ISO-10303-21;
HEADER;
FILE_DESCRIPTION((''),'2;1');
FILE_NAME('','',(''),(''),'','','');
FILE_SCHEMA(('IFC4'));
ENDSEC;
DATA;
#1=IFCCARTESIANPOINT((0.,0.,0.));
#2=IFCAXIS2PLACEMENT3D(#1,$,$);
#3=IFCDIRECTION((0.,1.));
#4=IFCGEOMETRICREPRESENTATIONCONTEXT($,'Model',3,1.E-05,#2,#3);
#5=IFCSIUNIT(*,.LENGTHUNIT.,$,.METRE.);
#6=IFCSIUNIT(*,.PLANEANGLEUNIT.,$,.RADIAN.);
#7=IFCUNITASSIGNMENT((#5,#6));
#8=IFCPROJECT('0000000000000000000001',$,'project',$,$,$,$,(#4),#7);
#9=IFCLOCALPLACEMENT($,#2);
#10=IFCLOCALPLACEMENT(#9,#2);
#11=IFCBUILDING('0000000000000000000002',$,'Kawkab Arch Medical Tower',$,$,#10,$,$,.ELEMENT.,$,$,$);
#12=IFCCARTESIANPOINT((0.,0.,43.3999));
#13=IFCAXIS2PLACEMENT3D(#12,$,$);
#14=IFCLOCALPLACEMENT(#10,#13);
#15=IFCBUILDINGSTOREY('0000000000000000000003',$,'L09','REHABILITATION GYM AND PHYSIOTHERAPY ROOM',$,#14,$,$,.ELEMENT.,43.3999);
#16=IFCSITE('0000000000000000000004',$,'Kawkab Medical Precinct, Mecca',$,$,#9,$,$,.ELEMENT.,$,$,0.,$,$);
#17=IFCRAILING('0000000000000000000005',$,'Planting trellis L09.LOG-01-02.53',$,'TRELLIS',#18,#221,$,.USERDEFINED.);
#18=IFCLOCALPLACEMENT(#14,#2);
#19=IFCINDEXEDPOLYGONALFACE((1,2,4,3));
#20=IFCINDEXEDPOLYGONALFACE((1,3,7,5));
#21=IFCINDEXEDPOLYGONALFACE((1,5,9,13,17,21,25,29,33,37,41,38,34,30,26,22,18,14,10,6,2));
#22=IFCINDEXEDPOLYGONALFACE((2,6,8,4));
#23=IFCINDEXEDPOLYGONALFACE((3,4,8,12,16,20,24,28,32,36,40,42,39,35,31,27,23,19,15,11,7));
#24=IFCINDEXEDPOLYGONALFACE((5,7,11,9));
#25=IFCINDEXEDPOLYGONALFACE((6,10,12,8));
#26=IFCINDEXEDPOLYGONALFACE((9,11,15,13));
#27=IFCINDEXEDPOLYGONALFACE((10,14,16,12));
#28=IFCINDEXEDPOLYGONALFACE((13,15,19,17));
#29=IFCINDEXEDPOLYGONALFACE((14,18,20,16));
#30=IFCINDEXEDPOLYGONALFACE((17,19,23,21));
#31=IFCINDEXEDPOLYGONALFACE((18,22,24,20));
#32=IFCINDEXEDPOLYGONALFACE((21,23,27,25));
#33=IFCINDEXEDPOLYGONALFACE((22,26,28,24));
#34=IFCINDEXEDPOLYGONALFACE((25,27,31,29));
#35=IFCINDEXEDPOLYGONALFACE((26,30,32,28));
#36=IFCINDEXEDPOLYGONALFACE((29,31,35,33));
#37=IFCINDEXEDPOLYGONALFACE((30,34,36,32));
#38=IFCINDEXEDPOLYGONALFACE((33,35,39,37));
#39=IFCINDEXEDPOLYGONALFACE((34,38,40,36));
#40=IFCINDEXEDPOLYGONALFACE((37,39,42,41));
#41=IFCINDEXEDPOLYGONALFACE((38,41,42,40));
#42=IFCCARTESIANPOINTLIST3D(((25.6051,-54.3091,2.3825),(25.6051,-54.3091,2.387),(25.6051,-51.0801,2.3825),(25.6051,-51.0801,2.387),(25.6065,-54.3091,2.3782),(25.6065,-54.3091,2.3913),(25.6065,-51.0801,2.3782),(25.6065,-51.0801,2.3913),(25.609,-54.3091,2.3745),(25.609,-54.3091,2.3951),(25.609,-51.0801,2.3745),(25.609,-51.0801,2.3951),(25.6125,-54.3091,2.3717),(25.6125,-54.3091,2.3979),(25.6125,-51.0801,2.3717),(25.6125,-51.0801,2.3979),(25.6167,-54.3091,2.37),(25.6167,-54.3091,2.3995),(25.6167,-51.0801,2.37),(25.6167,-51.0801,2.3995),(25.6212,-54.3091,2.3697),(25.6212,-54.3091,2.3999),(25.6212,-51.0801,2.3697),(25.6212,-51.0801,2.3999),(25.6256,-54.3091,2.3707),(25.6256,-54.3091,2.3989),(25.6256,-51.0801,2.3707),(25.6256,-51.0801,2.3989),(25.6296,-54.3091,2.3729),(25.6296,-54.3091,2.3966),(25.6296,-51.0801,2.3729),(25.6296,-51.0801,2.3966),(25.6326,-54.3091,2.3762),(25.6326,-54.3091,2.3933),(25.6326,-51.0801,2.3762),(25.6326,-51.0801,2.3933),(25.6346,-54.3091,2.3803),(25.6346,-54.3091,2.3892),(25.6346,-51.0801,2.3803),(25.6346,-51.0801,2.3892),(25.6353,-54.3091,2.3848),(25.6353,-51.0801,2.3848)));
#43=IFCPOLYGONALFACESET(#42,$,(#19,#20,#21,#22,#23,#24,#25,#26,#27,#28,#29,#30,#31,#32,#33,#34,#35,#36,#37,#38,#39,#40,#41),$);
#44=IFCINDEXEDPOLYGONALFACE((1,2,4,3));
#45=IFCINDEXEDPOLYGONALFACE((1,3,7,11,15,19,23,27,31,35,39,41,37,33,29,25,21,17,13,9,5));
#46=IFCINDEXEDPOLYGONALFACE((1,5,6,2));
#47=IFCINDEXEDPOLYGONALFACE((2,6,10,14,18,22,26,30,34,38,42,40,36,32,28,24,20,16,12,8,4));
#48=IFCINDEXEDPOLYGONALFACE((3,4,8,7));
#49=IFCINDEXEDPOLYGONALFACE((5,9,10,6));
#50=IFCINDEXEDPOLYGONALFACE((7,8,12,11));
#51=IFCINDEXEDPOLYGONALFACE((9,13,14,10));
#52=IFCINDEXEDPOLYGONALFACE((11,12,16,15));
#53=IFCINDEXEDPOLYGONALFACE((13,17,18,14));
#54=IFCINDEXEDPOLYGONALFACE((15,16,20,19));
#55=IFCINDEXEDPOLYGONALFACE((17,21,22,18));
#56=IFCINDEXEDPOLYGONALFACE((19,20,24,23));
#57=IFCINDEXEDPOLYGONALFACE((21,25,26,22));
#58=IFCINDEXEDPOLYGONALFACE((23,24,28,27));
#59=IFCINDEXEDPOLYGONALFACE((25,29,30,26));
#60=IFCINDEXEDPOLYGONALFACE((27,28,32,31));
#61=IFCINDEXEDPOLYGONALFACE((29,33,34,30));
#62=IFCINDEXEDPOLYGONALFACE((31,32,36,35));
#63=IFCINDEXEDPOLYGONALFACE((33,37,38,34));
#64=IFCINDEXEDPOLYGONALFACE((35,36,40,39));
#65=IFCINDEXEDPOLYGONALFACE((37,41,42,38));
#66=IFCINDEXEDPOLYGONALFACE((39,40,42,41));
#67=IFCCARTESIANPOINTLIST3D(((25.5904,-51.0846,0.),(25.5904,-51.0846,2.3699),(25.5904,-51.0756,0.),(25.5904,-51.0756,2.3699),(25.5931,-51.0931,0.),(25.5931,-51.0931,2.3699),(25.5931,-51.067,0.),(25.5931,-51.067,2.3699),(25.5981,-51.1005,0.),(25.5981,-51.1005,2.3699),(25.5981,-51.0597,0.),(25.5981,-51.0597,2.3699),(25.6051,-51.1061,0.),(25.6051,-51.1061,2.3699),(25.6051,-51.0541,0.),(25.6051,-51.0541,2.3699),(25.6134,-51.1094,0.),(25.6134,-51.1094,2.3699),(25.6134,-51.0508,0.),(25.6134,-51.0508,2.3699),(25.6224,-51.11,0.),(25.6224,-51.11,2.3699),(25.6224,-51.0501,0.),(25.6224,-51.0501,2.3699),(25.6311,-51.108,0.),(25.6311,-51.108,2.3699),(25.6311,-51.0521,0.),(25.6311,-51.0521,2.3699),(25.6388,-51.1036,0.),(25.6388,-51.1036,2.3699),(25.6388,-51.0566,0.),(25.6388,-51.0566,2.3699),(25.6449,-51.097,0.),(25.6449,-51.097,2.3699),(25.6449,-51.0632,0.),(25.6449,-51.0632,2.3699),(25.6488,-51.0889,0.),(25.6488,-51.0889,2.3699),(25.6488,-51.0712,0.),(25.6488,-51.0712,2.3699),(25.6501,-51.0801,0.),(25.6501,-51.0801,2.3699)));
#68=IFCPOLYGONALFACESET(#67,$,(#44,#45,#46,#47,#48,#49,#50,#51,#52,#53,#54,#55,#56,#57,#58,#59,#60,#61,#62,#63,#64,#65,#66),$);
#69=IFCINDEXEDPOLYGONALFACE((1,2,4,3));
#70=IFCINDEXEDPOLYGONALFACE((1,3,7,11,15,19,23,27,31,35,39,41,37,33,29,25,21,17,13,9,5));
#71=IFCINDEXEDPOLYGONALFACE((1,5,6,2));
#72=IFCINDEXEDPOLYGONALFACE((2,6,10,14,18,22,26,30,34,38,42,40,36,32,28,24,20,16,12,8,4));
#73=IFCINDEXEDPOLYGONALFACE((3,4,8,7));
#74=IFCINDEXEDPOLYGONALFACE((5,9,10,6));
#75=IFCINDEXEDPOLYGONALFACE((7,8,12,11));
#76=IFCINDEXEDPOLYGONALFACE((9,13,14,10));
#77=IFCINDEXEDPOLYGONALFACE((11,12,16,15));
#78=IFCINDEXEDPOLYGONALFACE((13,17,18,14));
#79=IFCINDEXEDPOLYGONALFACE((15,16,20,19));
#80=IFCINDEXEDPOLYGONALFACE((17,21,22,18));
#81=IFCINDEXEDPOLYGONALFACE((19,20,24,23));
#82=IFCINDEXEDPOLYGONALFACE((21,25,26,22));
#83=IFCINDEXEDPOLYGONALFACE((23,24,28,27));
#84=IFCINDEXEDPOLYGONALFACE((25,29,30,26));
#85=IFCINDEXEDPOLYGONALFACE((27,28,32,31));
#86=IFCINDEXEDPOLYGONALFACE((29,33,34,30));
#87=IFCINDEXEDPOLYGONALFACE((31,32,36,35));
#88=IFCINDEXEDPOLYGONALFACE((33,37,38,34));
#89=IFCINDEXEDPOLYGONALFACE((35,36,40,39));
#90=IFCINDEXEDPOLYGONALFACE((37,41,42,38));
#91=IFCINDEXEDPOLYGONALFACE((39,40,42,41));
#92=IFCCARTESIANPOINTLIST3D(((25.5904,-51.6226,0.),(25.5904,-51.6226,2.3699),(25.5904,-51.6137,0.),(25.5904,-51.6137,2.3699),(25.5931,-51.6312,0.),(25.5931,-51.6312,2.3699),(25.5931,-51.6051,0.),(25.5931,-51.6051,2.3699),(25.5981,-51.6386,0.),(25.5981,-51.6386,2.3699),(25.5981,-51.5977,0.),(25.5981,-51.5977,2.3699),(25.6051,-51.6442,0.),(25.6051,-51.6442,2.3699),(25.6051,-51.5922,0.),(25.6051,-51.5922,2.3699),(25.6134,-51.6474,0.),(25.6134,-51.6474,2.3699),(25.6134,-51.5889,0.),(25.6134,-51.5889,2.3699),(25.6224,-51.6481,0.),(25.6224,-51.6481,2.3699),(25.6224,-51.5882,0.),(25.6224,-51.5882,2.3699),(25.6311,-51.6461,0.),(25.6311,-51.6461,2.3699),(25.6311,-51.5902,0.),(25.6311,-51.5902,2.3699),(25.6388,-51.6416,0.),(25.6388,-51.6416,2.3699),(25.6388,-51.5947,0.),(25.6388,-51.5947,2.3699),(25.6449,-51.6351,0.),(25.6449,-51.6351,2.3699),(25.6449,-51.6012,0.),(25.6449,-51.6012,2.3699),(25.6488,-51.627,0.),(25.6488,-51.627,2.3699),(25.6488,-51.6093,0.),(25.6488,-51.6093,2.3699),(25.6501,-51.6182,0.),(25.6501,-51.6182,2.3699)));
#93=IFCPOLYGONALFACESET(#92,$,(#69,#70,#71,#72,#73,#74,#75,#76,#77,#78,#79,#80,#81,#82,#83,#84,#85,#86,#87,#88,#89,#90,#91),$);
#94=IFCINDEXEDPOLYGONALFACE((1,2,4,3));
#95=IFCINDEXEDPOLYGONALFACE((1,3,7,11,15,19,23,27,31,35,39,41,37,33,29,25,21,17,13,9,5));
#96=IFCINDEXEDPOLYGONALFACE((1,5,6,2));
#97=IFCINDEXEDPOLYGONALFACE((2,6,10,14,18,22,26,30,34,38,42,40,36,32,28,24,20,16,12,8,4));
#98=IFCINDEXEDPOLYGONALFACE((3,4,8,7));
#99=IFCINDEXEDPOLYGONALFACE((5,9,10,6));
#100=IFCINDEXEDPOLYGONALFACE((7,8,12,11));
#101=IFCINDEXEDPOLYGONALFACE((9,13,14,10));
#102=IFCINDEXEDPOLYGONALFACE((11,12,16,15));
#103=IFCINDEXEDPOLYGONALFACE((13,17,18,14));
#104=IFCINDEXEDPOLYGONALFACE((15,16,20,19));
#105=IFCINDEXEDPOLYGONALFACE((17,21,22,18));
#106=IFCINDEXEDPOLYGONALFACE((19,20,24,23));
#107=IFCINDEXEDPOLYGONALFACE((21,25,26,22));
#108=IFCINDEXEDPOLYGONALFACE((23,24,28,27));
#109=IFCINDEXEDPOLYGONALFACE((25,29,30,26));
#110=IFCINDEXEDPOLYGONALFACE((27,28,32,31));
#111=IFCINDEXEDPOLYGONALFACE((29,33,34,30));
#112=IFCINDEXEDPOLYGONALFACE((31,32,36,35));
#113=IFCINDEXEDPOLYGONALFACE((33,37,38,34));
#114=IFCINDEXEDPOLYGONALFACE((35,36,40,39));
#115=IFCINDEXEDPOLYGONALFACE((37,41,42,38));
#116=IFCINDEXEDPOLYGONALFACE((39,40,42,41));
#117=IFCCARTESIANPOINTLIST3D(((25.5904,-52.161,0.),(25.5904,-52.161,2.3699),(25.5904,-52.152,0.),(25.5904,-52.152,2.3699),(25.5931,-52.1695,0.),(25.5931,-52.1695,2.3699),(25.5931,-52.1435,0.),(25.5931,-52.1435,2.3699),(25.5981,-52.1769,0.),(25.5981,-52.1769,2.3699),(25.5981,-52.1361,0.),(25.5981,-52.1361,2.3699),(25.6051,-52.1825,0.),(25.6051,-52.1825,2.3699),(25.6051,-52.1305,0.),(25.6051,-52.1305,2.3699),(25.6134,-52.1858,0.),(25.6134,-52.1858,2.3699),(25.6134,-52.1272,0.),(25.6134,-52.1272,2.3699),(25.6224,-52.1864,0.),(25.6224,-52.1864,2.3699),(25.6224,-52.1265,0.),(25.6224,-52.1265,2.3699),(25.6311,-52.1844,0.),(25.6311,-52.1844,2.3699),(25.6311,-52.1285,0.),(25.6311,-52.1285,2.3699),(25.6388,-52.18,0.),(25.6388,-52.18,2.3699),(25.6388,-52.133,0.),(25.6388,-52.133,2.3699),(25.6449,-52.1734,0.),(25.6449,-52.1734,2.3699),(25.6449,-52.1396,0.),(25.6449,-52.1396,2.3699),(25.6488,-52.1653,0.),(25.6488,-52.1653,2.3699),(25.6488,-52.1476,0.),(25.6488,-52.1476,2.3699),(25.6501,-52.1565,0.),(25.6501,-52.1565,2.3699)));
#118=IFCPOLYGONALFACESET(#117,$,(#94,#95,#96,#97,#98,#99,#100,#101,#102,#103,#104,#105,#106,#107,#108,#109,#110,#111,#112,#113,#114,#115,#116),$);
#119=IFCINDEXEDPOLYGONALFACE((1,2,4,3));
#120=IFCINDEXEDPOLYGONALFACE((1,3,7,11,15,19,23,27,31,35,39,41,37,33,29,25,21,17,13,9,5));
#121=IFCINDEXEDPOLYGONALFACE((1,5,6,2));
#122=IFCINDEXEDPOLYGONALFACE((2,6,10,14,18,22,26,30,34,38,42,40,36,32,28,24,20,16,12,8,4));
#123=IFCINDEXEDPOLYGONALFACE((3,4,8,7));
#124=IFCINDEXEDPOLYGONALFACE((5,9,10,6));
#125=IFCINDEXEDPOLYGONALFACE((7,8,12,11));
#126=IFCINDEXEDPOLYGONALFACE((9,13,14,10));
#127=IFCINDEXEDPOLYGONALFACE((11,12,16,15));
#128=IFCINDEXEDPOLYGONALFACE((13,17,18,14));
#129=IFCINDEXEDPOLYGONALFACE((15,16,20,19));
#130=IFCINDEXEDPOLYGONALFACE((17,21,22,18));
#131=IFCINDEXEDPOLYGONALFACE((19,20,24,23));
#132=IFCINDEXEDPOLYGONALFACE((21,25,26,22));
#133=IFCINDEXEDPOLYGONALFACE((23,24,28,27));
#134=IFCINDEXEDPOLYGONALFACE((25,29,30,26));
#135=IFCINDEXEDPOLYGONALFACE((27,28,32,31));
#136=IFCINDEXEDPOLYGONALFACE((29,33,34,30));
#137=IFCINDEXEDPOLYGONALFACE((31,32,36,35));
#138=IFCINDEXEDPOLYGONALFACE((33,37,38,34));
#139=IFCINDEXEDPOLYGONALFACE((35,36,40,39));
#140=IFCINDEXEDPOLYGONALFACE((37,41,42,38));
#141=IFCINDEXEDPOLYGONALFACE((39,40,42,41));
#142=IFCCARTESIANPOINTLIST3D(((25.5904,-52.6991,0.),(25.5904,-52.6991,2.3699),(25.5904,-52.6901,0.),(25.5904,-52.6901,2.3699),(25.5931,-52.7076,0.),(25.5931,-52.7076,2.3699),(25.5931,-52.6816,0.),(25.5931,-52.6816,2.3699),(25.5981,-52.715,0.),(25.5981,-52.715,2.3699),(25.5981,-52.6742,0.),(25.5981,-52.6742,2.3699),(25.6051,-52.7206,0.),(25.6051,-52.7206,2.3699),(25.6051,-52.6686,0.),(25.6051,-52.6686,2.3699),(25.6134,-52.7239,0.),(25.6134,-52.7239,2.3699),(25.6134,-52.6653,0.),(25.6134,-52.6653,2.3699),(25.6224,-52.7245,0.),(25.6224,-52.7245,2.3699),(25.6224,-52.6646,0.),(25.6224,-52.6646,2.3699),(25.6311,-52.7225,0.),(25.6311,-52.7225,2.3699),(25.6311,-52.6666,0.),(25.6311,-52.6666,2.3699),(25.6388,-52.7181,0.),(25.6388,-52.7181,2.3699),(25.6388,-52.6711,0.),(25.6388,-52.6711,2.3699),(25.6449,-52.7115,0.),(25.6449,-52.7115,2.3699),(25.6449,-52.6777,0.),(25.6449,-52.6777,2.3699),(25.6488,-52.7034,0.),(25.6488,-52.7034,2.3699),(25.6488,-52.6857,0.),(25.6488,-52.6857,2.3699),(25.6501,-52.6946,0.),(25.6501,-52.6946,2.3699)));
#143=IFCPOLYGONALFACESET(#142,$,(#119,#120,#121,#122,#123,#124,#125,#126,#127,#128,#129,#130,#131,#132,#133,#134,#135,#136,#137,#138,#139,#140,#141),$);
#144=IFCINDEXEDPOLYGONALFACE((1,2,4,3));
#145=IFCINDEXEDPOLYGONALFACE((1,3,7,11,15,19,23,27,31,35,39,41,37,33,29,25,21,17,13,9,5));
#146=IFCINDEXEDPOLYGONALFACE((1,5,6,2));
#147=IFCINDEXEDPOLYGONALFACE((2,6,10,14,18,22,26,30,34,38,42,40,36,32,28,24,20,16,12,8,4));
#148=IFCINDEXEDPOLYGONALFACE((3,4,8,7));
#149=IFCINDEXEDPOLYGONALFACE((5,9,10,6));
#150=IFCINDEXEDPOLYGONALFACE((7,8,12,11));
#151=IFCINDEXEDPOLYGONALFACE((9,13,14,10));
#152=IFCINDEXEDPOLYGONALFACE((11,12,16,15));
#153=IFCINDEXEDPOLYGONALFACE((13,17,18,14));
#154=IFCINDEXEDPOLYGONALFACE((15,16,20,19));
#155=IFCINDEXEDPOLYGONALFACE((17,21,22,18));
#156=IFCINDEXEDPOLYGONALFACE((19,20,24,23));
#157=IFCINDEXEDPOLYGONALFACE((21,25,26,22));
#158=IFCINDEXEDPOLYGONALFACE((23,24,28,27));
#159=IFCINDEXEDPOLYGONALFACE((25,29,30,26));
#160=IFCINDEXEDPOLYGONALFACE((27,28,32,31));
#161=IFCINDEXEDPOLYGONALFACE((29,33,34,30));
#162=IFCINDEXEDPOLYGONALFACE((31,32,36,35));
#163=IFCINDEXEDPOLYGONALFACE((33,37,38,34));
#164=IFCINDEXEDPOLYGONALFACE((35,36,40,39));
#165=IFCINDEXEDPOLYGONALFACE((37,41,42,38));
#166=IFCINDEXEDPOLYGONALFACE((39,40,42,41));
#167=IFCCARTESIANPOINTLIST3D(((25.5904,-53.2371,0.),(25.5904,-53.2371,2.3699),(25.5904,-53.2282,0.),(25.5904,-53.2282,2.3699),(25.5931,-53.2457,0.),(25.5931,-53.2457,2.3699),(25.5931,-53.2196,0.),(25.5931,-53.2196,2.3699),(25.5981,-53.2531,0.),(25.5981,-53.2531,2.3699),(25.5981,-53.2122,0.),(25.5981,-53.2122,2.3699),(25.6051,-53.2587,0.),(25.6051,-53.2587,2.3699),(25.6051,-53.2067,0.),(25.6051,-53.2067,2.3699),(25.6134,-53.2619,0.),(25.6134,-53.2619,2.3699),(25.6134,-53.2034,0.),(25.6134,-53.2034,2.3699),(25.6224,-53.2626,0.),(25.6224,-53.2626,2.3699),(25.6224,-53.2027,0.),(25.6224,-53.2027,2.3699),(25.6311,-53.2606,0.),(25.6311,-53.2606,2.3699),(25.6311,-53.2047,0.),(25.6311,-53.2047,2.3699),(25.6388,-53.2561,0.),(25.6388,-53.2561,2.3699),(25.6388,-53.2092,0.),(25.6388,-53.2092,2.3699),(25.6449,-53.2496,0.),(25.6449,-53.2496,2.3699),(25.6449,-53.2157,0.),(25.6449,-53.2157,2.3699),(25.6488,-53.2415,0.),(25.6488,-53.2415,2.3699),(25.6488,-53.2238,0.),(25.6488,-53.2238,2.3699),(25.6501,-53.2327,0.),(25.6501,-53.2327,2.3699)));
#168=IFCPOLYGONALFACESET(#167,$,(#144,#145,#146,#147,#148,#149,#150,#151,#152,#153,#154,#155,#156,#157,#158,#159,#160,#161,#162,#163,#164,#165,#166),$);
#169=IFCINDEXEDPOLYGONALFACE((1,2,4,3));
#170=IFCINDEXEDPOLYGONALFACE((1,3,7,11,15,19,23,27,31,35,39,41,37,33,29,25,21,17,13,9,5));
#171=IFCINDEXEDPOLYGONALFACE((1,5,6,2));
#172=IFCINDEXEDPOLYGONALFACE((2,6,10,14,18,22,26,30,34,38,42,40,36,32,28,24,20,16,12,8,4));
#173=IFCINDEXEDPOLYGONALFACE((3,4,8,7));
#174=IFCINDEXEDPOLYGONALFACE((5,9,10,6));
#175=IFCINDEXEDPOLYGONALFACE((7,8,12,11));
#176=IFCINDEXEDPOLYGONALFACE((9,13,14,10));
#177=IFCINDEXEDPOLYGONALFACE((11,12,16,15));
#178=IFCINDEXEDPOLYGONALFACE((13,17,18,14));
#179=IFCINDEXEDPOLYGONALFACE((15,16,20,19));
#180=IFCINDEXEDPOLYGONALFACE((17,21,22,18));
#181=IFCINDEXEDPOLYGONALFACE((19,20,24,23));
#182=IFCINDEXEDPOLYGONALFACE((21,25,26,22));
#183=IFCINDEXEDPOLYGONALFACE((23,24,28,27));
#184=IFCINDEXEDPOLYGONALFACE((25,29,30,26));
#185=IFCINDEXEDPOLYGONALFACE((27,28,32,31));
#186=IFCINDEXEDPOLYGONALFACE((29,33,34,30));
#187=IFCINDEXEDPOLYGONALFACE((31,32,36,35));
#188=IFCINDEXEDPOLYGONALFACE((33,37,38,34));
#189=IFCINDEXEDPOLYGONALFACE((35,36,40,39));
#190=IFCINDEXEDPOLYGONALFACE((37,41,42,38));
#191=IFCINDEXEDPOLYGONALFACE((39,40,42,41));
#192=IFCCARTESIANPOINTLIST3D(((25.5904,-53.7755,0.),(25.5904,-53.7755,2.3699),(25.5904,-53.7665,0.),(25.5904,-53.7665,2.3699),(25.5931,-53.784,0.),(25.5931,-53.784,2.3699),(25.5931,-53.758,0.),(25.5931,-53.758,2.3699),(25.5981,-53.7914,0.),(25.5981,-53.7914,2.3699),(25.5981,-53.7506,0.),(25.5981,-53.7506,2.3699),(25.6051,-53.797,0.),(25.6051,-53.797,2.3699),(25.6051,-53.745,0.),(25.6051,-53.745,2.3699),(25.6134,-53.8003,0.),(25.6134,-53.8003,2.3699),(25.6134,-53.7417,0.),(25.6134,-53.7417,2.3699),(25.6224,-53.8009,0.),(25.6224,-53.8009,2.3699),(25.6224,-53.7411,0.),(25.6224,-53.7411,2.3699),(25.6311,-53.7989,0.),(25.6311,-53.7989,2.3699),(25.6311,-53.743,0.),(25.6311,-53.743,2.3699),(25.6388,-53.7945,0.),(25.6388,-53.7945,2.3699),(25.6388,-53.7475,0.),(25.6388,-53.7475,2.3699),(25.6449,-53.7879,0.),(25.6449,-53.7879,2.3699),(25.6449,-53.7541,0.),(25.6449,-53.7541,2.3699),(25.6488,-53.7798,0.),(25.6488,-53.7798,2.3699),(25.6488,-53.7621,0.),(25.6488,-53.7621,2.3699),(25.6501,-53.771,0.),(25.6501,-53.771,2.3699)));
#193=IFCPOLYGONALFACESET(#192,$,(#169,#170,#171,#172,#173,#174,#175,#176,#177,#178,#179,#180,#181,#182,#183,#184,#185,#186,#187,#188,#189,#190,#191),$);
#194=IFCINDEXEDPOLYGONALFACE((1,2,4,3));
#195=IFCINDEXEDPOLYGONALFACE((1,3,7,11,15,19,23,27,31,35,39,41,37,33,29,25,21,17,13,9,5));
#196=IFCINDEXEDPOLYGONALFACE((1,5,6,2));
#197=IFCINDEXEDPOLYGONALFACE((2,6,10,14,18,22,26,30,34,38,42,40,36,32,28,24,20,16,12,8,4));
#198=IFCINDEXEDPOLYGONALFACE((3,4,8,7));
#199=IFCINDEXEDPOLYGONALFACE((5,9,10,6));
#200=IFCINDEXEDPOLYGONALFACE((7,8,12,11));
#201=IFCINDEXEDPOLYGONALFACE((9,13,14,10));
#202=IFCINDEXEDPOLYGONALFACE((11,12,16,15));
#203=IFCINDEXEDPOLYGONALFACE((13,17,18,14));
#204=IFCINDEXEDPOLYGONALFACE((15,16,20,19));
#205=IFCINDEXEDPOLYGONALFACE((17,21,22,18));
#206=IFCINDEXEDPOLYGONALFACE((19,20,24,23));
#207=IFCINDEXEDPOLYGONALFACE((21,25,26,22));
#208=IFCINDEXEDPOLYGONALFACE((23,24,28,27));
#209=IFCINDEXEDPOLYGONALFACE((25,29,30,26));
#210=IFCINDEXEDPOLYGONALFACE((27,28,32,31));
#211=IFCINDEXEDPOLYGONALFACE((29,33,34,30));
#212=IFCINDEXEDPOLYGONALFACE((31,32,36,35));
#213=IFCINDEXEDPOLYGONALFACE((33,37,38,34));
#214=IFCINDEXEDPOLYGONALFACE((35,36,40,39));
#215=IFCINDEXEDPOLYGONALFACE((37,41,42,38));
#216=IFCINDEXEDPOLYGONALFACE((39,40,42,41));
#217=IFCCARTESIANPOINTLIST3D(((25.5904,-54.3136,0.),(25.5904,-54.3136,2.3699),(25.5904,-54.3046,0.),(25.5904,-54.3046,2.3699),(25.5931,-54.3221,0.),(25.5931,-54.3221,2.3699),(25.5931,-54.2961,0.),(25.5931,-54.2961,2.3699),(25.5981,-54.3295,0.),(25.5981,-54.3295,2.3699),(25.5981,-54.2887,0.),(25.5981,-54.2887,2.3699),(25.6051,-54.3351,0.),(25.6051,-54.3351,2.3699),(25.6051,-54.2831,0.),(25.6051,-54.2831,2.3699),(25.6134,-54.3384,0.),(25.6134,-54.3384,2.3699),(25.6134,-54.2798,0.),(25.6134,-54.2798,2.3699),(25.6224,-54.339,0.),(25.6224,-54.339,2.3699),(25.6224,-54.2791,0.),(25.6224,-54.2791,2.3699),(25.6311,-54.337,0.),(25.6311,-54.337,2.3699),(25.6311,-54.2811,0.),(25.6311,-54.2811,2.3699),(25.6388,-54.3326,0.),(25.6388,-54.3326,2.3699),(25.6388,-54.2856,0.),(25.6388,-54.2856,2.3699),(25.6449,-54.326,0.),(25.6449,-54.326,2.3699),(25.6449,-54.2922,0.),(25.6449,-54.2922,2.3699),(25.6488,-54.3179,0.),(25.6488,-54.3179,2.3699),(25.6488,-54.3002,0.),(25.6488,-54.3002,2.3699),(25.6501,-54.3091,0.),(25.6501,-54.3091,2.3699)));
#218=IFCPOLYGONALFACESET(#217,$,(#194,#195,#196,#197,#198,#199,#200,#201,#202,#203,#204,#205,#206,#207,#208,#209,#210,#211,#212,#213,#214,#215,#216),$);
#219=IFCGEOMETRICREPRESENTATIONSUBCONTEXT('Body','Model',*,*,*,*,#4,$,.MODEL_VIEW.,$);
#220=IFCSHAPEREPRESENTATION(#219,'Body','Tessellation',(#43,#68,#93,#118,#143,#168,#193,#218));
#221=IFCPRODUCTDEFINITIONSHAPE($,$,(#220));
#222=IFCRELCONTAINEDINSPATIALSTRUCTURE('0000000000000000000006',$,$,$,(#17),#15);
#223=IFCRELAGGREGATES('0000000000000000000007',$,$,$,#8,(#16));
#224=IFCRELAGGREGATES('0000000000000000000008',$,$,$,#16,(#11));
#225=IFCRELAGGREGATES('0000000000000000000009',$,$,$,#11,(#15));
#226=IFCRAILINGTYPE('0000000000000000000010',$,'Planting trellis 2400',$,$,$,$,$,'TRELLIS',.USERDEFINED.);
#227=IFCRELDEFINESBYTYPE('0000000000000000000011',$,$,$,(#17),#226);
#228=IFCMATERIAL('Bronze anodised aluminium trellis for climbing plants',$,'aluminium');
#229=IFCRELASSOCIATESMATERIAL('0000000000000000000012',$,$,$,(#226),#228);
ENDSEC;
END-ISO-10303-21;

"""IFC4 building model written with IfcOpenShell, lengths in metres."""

from ifc_helpers import new_model, si_unit, direction, frame, origin, origin_2d, place, context, subcontext, project, spatial, circle, extrude, material, type_object, element, save


model = new_model("IFC4")

# Units and contexts
model_context = context("Model", 3, precision=1e-05, world=origin(), true_north=direction((0.0, 1.0)))
body_context = subcontext(model_context, "Body", "Model", "MODEL_VIEW")
ifc_project = project(units=[si_unit("LENGTHUNIT", "METRE"), si_unit("PLANEANGLEUNIT", "RADIAN")], contexts=[model_context])

# Site, building, storey
site_placement = place(None, origin())
site = spatial("IfcSite", under=ifc_project, at=site_placement, Name="Kawkab Medical Precinct, Mecca", CompositionType="ELEMENT", RefElevation=0.0)
building_placement = place(site_placement, origin())
building = spatial("IfcBuilding", under=site, at=building_placement, Name="Kawkab Arch Medical Tower", CompositionType="ELEMENT")
storey_placement = place(building_placement, frame((0.0, 0.0, 43.3999)))
storey = spatial("IfcBuildingStorey", under=building, at=storey_placement, Name="L09", Description="REHABILITATION GYM AND PHYSIOTHERAPY ROOM", CompositionType="ELEMENT", Elevation=43.3999)

# Railing
ifc_material_1 = material(Name="Bronze anodised aluminium trellis for climbing plants", Category="aluminium")
railing_type = type_object("IfcRailingType", Name="Planting trellis 2400", ElementType="TRELLIS", PredefinedType="USERDEFINED", material=ifc_material_1)
railing_1_placement = place(storey_placement, frame((25.6201, -51.0801, 0.0)))
element("IfcRailing", 1, at=railing_1_placement, inside=storey, type_object=railing_type, Name="Planting trellis L09.LOG-01-02.53", ObjectType="TRELLIS", PredefinedType="USERDEFINED", context=body_context, shape_type="SweptSolid", body=[
    extrude(circle(Radius=0.0151, at=origin_2d()), frame((0.0, 0.0, 2.3848), z_axis=(0.0, -1.0, 0.0), x_axis=(1.0, 0.0, 0.0)), (0.0, 0.0, 1.0), 3.229),
    extrude(circle(Radius=0.03, at=origin_2d()), origin(), (0.0, 0.0, 1.0), 2.3699),
    extrude(circle(Radius=0.03, at=origin_2d()), frame((0.0, -0.5381, 0.0)), (0.0, 0.0, 1.0), 2.3699),
    extrude(circle(Radius=0.03, at=origin_2d()), frame((0.0, -1.0764, 0.0)), (0.0, 0.0, 1.0), 2.3699),
    extrude(circle(Radius=0.03, at=origin_2d()), frame((0.0, -1.6145, 0.0)), (0.0, 0.0, 1.0), 2.3699),
    extrude(circle(Radius=0.03, at=origin_2d()), frame((0.0, -2.1526, 0.0)), (0.0, 0.0, 1.0), 2.3699),
    extrude(circle(Radius=0.03, at=origin_2d()), frame((0.0, -2.6909, 0.0)), (0.0, 0.0, 1.0), 2.3699),
    extrude(circle(Radius=0.03, at=origin_2d()), frame((0.0, -3.229, 0.0)), (0.0, 0.0, 1.0), 2.3699),
])

save(model, "model.ifc")
